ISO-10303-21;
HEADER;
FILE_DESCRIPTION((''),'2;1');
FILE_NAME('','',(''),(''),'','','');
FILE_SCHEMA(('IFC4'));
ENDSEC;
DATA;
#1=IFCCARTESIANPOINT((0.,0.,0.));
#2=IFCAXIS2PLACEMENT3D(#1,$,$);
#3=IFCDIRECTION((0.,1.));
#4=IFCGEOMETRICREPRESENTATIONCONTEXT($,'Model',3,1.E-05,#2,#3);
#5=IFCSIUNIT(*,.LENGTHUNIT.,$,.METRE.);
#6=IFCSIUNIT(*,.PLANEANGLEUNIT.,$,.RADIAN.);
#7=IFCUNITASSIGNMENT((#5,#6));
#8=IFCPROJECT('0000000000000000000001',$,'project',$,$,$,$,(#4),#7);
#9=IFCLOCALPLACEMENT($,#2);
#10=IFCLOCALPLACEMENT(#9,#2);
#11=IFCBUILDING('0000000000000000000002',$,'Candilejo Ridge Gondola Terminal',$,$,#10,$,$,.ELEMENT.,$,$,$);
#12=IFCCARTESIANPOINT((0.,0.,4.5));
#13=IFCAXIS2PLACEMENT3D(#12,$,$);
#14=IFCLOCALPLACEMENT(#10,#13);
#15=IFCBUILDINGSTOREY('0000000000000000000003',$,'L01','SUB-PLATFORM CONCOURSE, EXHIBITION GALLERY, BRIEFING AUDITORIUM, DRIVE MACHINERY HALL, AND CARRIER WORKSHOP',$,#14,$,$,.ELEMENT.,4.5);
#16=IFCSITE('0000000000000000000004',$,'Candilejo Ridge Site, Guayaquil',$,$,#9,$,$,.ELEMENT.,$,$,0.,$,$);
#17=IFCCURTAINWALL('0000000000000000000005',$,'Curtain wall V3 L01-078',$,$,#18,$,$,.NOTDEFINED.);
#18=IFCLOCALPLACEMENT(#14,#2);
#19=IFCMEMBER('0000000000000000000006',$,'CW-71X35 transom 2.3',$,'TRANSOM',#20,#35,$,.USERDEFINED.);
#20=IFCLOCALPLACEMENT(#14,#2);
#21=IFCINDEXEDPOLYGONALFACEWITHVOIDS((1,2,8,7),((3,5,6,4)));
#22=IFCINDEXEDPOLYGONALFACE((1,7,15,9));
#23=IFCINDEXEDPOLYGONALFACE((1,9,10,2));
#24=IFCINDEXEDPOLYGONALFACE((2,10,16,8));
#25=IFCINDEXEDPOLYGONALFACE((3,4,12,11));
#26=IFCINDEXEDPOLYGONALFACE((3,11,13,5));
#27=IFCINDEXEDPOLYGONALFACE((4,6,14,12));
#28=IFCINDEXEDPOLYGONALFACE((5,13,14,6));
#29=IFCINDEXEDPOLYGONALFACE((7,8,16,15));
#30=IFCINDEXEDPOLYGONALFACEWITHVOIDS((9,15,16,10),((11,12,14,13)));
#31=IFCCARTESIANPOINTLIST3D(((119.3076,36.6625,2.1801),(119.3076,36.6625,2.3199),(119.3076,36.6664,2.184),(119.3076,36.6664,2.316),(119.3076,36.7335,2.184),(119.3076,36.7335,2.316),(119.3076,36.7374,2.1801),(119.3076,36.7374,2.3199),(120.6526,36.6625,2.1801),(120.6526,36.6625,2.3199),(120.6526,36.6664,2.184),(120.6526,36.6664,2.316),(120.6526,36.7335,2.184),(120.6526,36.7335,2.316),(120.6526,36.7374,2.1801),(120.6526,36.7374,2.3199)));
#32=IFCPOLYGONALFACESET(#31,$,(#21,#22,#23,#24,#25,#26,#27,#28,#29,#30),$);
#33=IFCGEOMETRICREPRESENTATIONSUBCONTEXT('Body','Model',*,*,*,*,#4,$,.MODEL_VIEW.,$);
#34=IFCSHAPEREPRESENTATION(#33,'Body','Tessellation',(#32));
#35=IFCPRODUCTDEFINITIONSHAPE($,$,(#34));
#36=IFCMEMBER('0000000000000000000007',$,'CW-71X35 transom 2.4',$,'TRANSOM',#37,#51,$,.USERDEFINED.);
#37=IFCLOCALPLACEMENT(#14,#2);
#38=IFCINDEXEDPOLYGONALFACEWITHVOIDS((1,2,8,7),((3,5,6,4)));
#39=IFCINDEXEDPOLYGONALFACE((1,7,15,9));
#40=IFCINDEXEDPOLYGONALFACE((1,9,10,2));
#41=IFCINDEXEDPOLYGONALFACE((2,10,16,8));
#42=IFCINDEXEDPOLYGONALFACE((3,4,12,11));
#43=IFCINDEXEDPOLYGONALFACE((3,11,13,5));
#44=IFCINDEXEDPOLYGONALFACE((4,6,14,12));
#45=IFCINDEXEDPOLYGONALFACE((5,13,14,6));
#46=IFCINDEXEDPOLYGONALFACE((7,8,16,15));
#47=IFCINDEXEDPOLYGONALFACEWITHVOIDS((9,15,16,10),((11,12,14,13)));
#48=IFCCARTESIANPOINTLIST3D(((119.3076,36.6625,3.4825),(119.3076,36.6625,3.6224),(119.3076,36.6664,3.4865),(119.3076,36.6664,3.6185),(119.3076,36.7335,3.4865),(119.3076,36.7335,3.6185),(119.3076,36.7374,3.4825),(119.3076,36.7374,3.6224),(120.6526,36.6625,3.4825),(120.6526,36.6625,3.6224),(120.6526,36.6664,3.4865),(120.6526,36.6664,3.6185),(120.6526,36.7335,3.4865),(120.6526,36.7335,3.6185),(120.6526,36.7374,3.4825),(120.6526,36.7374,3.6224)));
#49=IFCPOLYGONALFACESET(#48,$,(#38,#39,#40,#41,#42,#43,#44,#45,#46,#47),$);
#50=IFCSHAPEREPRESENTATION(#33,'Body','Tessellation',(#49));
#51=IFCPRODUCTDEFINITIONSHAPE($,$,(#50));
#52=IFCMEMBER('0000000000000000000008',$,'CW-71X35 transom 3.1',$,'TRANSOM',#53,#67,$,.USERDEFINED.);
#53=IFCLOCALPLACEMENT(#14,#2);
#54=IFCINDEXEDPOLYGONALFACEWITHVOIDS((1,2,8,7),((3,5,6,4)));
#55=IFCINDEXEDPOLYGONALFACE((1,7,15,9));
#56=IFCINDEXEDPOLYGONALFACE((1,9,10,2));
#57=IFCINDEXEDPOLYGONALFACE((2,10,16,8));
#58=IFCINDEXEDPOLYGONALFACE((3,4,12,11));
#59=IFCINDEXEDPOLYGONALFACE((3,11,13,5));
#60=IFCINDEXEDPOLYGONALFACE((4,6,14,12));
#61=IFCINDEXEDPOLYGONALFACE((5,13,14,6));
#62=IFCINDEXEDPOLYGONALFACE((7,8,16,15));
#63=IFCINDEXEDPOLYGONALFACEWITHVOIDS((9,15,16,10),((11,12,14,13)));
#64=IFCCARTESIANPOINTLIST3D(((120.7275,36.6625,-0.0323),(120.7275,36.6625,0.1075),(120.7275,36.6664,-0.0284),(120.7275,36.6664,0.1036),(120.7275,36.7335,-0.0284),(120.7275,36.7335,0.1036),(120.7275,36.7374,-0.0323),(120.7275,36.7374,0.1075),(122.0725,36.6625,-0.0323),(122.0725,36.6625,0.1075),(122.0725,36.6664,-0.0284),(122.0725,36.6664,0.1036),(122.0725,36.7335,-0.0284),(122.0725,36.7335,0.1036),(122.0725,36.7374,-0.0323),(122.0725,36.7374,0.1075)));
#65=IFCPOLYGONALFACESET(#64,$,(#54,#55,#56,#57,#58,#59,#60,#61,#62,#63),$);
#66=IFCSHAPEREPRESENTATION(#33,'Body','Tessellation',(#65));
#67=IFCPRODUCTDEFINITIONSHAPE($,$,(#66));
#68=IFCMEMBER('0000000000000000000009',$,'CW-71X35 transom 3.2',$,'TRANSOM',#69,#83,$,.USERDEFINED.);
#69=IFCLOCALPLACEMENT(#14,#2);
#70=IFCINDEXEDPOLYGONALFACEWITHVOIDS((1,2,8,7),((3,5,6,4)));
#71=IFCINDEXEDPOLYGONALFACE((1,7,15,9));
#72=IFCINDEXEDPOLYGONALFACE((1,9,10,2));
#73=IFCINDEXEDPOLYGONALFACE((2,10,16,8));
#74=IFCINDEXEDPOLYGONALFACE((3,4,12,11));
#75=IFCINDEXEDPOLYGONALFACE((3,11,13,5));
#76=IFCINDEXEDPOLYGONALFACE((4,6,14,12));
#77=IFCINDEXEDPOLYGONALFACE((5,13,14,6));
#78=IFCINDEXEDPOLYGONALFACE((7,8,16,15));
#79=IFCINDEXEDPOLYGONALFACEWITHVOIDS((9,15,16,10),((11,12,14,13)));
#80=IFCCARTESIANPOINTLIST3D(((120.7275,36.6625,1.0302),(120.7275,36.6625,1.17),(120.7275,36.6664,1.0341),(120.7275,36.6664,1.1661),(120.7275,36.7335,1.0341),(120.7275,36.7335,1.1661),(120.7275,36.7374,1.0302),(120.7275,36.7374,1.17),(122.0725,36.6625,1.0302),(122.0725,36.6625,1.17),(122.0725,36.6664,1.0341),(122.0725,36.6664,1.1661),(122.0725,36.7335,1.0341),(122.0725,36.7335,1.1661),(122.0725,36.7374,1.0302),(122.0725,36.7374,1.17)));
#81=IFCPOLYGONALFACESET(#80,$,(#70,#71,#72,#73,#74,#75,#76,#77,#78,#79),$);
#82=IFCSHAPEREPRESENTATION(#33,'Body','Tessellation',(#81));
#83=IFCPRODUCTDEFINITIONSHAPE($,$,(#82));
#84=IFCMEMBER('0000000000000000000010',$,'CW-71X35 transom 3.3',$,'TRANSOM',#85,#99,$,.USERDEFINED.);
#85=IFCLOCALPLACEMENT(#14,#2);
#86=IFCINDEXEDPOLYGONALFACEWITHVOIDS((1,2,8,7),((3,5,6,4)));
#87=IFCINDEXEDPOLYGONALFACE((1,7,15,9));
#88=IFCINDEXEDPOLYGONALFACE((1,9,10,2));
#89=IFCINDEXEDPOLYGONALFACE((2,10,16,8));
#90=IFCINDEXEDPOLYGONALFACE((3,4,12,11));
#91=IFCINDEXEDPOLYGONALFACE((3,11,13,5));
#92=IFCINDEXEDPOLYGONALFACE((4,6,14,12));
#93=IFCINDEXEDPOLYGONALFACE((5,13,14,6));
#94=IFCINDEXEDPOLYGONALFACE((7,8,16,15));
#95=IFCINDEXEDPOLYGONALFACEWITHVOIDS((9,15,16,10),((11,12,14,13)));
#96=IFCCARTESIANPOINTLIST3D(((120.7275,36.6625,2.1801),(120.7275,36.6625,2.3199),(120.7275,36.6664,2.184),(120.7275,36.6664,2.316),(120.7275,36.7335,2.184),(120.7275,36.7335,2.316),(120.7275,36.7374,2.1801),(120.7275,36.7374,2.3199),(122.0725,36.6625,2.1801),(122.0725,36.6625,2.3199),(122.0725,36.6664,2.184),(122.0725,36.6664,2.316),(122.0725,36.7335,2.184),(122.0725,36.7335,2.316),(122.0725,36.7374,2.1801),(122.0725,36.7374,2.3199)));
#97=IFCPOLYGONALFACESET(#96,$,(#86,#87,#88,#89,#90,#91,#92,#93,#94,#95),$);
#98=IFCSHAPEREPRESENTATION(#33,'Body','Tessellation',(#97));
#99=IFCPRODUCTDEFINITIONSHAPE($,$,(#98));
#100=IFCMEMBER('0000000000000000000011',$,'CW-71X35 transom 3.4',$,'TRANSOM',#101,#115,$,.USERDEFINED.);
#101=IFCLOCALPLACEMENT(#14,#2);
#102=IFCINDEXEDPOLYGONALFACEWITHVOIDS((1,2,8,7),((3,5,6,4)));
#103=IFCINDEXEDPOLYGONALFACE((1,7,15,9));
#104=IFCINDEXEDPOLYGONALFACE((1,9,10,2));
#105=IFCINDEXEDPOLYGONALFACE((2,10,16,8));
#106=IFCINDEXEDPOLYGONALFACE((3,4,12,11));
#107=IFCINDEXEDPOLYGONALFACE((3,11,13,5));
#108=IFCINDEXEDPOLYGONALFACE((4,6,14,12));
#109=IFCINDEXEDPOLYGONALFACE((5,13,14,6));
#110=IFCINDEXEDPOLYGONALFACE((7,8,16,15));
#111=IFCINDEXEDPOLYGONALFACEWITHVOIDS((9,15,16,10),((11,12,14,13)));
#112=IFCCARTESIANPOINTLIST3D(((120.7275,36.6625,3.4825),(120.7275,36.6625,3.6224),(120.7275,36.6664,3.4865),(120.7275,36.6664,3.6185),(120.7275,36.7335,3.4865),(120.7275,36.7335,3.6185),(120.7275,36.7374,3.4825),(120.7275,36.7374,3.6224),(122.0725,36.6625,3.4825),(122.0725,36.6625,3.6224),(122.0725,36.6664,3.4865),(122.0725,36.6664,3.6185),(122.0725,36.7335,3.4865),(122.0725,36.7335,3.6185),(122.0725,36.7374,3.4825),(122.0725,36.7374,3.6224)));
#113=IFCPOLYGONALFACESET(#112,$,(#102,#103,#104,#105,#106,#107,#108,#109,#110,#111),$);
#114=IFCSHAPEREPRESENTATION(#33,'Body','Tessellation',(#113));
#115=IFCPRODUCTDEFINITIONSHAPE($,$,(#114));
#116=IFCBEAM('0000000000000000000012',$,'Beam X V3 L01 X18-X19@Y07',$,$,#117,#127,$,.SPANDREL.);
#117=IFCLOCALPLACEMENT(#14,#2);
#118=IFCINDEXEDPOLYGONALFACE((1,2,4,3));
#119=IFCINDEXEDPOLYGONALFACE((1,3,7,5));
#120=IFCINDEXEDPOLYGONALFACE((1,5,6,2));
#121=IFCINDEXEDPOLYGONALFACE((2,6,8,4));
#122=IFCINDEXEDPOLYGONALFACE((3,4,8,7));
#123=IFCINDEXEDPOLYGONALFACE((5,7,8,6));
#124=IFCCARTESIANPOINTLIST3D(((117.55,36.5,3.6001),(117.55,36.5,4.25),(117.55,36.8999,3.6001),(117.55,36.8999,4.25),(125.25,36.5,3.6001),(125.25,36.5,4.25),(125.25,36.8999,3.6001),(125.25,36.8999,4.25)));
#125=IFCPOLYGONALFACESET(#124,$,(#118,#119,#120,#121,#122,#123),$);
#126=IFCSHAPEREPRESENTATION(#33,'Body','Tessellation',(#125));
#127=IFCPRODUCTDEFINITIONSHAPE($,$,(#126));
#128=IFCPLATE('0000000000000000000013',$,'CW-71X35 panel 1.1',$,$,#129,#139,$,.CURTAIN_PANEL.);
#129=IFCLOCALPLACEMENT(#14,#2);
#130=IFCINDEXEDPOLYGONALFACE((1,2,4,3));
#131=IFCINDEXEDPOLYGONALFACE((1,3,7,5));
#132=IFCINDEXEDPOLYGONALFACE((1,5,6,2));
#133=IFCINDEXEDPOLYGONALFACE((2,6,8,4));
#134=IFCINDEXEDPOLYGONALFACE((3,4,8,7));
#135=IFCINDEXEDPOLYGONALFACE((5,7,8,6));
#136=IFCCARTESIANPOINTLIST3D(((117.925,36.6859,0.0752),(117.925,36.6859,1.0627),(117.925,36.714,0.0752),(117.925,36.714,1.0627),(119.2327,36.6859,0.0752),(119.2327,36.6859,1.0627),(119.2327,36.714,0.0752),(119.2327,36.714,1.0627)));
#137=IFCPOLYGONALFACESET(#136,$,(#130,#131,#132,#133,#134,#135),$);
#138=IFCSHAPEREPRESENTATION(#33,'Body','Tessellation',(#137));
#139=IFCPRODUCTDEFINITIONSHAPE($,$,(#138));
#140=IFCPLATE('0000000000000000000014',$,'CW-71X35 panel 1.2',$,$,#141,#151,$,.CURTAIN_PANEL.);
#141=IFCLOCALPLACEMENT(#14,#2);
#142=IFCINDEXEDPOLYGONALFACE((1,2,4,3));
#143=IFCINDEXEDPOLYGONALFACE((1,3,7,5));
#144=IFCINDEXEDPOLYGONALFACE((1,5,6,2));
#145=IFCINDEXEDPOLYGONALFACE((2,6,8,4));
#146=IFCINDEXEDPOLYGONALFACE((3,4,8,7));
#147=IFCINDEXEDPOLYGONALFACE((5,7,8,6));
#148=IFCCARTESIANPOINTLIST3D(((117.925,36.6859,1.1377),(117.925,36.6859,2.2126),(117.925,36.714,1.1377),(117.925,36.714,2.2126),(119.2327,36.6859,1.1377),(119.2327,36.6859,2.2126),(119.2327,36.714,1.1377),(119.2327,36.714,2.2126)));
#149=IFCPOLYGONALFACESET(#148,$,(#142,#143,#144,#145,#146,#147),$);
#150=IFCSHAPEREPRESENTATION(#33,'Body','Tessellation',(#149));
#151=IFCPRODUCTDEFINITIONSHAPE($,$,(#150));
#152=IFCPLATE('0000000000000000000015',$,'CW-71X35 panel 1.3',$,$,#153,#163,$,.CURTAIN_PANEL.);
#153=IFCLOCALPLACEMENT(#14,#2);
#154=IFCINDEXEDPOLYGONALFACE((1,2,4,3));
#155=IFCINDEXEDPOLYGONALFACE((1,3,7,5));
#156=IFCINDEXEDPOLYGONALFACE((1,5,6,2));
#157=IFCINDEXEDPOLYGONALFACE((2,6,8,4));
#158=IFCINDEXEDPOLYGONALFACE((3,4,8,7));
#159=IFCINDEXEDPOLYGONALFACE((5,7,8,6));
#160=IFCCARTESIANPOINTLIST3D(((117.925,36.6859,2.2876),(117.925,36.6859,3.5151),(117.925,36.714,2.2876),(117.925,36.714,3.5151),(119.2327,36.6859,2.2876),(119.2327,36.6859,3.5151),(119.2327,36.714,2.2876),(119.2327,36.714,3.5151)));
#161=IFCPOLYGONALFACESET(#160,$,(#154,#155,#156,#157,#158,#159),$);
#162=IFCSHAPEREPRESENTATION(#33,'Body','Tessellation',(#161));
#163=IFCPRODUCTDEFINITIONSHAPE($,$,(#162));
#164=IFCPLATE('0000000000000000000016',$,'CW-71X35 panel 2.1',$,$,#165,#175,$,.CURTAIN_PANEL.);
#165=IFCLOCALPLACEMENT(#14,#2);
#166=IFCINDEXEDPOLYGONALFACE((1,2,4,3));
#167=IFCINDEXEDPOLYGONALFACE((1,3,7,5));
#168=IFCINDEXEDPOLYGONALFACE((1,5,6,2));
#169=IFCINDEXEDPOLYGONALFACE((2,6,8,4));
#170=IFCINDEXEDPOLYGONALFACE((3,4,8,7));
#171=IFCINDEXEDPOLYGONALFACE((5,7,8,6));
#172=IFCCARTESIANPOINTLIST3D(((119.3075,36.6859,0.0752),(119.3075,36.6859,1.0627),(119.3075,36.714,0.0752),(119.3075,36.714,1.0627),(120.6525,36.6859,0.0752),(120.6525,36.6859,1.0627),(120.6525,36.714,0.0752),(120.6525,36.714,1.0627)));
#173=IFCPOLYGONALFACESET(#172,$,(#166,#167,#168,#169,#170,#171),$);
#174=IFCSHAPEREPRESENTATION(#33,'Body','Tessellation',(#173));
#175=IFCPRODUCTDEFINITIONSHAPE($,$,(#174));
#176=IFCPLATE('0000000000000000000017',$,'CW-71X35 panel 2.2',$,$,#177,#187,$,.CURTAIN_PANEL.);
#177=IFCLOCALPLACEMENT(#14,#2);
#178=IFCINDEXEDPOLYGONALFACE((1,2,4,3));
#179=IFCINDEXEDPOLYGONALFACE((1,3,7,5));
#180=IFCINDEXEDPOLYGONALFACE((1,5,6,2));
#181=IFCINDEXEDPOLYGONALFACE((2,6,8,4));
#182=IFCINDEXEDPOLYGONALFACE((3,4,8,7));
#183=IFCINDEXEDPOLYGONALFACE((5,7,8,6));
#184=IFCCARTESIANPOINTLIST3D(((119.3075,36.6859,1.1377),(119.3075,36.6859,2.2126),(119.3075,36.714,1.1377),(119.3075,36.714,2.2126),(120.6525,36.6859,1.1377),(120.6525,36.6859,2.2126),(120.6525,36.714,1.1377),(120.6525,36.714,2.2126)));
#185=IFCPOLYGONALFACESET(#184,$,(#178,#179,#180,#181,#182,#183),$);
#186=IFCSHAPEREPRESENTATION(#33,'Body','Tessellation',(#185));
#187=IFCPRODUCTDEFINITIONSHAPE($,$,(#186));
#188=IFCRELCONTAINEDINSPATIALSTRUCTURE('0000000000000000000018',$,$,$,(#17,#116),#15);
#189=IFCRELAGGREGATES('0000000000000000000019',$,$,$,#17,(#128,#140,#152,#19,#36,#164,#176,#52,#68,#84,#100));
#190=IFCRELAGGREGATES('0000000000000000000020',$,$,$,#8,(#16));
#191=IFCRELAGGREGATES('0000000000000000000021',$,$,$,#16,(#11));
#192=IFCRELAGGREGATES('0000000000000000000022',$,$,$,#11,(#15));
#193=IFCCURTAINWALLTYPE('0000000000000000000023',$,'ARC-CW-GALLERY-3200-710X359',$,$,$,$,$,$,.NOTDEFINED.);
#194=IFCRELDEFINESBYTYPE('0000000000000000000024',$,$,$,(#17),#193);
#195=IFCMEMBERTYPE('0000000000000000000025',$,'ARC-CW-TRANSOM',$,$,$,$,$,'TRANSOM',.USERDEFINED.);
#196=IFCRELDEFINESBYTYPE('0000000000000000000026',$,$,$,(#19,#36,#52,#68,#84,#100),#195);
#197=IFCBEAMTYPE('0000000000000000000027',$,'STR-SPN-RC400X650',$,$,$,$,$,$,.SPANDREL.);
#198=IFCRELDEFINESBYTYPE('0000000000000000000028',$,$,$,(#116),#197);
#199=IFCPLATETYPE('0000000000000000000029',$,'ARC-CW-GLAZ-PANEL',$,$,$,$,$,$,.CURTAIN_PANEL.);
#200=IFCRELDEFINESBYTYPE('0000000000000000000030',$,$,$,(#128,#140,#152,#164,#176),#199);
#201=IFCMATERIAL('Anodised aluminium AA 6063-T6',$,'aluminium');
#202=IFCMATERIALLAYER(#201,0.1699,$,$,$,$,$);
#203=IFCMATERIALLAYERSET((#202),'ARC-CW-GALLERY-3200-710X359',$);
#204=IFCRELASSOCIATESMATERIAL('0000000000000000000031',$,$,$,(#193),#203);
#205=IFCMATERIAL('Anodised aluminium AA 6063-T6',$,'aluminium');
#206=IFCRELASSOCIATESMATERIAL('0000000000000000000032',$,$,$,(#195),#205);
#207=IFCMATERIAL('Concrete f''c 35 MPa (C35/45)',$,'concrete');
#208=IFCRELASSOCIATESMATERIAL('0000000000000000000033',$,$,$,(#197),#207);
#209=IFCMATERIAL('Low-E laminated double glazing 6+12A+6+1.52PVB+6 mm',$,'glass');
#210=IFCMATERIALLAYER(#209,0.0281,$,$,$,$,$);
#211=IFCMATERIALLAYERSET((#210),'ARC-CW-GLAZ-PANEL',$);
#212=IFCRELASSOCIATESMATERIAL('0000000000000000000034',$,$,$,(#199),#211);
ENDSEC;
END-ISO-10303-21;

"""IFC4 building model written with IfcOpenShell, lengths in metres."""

from ifc_helpers import new_model, si_unit, direction, frame, origin, origin_2d, place, context, subcontext, project, spatial, rectangle, hollow_rectangle, extrude, material, layer, layer_set, material_profile, profile_set, type_object, element, aggregate, save


model = new_model("IFC4")

# Units and contexts
model_context = context("Model", 3, precision=1e-05, world=origin(), true_north=direction((0.0, 1.0)))
body_context = subcontext(model_context, "Body", "Model", "MODEL_VIEW")
ifc_project = project(units=[si_unit("LENGTHUNIT", "METRE"), si_unit("PLANEANGLEUNIT", "RADIAN")], contexts=[model_context])

# Site, building, storey
site_placement = place(None, origin())
site = spatial("IfcSite", under=ifc_project, at=site_placement, Name="Candilejo Ridge Site, Guayaquil", CompositionType="ELEMENT", RefElevation=0.0)
building_placement = place(site_placement, origin())
building = spatial("IfcBuilding", under=site, at=building_placement, Name="Candilejo Ridge Gondola Terminal", CompositionType="ELEMENT")
storey_placement = place(building_placement, frame((0.0, 0.0, 4.5)))
storey = spatial("IfcBuildingStorey", under=building, at=storey_placement, Name="L01", Description="SUB-PLATFORM CONCOURSE, EXHIBITION GALLERY, BRIEFING AUDITORIUM, DRIVE MACHINERY HALL, AND CARRIER WORKSHOP", CompositionType="ELEMENT", Elevation=4.5)

# Shared definitions
ifc_material_1 = material(Name="Anodised aluminium AA 6063-T6", Category="aluminium")
ifc_layer_1 = layer(ifc_material_1, 0.1699)
ifc_layer_set_1 = layer_set([ifc_layer_1], Name="ARC-CW-GALLERY-3200-710X359")
curtain_wall_type = type_object("IfcCurtainWallType", Name="ARC-CW-GALLERY-3200-710X359", PredefinedType="NOTDEFINED", material=ifc_layer_set_1)

# Curtain wall, members
curtain_wall_1_placement = place(storey_placement, origin())
curtain_wall_1 = element("IfcCurtainWall", 1, at=curtain_wall_1_placement, inside=storey, type_object=curtain_wall_type, Name="Curtain wall V3 L01-078", PredefinedType="NOTDEFINED")
ifc_material_2 = material(Name="Anodised aluminium AA 6063-T6", Category="aluminium")
ifc_material_profile_1 = material_profile(ifc_material_2, hollow_rectangle(XDim=0.075, YDim=0.1399, WallThickness=0.0039, at=origin_2d()))
ifc_profile_set_1 = profile_set([ifc_material_profile_1], Name="Anodised aluminium AA 6063-T6")
member_type_1 = type_object("IfcMemberType", Name="ARC-CW-TRANSOM", ElementType="TRANSOM", PredefinedType="USERDEFINED", material=ifc_profile_set_1)
member_1_placement = place(storey_placement, frame((119.3076, 36.7, 2.25), z_axis=(1.0, 0.0, 0.0), x_axis=(0.0, 1.0, 0.0)))
member_1 = element("IfcMember", 2, at=member_1_placement, type_object=member_type_1, Name="CW-71X35 transom 2.3", ObjectType="TRANSOM", PredefinedType="USERDEFINED", context=body_context, shape_type="SweptSolid", body=[
    extrude(hollow_rectangle(XDim=0.075, YDim=0.1399, WallThickness=0.0039, at=origin_2d()), origin(), (0.0, 0.0, 1.0), 1.345),
])
member_2_placement = place(storey_placement, frame((119.3076, 36.7, 3.5525), z_axis=(1.0, 0.0, 0.0), x_axis=(0.0, 1.0, 0.0)))
member_2 = element("IfcMember", 3, at=member_2_placement, type_object=member_type_1, Name="CW-71X35 transom 2.4", ObjectType="TRANSOM", PredefinedType="USERDEFINED", context=body_context, shape_type="SweptSolid", body=[
    extrude(hollow_rectangle(XDim=0.075, YDim=0.1399, WallThickness=0.0039, at=origin_2d()), origin(), (0.0, 0.0, 1.0), 1.345),
])
member_3_placement = place(storey_placement, frame((120.7275, 36.7, 0.0376), z_axis=(1.0, 0.0, 0.0), x_axis=(0.0, 1.0, 0.0)))
member_3 = element("IfcMember", 4, at=member_3_placement, type_object=member_type_1, Name="CW-71X35 transom 3.1", ObjectType="TRANSOM", PredefinedType="USERDEFINED", context=body_context, shape_type="SweptSolid", body=[
    extrude(hollow_rectangle(XDim=0.075, YDim=0.1399, WallThickness=0.0039, at=origin_2d()), origin(), (0.0, 0.0, 1.0), 1.345),
])
member_4_placement = place(storey_placement, frame((120.7275, 36.7, 1.1001), z_axis=(1.0, 0.0, 0.0), x_axis=(0.0, 1.0, 0.0)))
member_4 = element("IfcMember", 5, at=member_4_placement, type_object=member_type_1, Name="CW-71X35 transom 3.2", ObjectType="TRANSOM", PredefinedType="USERDEFINED", context=body_context, shape_type="SweptSolid", body=[
    extrude(hollow_rectangle(XDim=0.075, YDim=0.1399, WallThickness=0.0039, at=origin_2d()), origin(), (0.0, 0.0, 1.0), 1.345),
])
member_5_placement = place(storey_placement, frame((120.7275, 36.7, 2.25), z_axis=(1.0, 0.0, 0.0), x_axis=(0.0, 1.0, 0.0)))
member_5 = element("IfcMember", 6, at=member_5_placement, type_object=member_type_1, Name="CW-71X35 transom 3.3", ObjectType="TRANSOM", PredefinedType="USERDEFINED", context=body_context, shape_type="SweptSolid", body=[
    extrude(hollow_rectangle(XDim=0.075, YDim=0.1399, WallThickness=0.0039, at=origin_2d()), origin(), (0.0, 0.0, 1.0), 1.345),
])
member_6_placement = place(storey_placement, frame((120.7275, 36.7, 3.5525), z_axis=(1.0, 0.0, 0.0), x_axis=(0.0, 1.0, 0.0)))
member_6 = element("IfcMember", 7, at=member_6_placement, type_object=member_type_1, Name="CW-71X35 transom 3.4", ObjectType="TRANSOM", PredefinedType="USERDEFINED", context=body_context, shape_type="SweptSolid", body=[
    extrude(hollow_rectangle(XDim=0.075, YDim=0.1399, WallThickness=0.0039, at=origin_2d()), origin(), (0.0, 0.0, 1.0), 1.345),
])

# Beam
ifc_material_3 = material(Name="Concrete f'c 35 MPa (C35/45)", Category="concrete")
ifc_material_profile_2 = material_profile(ifc_material_3, rectangle(XDim=0.3999, YDim=0.6499, at=origin_2d()))
ifc_profile_set_2 = profile_set([ifc_material_profile_2], Name="Concrete f'c 35 MPa (C35/45)")
beam_type = type_object("IfcBeamType", Name="STR-SPN-RC400X650", PredefinedType="SPANDREL", material=ifc_profile_set_2)
beam_placement = place(storey_placement, frame((117.55, 36.7, 3.925), z_axis=(1.0, 0.0, 0.0), x_axis=(0.0, 1.0, 0.0)))
element("IfcBeam", 8, at=beam_placement, inside=storey, type_object=beam_type, Name="Beam X V3 L01 X18-X19@Y07", PredefinedType="SPANDREL", context=body_context, shape_type="SweptSolid", body=[
    extrude(rectangle(XDim=0.3999, YDim=0.6499, at=origin_2d()), origin(), (0.0, 0.0, 1.0), 7.7),
])

# Plates
ifc_material_4 = material(Name="Low-E laminated double glazing 6+12A+6+1.52PVB+6 mm", Category="glass")
ifc_layer_2 = layer(ifc_material_4, 0.0281)
ifc_layer_set_2 = layer_set([ifc_layer_2], Name="ARC-CW-GLAZ-PANEL")
plate_type = type_object("IfcPlateType", Name="ARC-CW-GLAZ-PANEL", PredefinedType="CURTAIN_PANEL", material=ifc_layer_set_2)
plate_1_placement = place(storey_placement, frame((118.5789, 36.7, 0.0752), z_axis=(0.0, 0.0, 1.0), x_axis=(1.0, 0.0, 0.0)))
plate_1 = element("IfcPlate", 9, at=plate_1_placement, type_object=plate_type, Name="CW-71X35 panel 1.1", PredefinedType="CURTAIN_PANEL", context=body_context, shape_type="SweptSolid", body=[
    extrude(rectangle(XDim=1.3076, YDim=0.0281, at=origin_2d()), origin(), (0.0, 0.0, 1.0), 0.9875),
])
plate_2_placement = place(storey_placement, frame((118.5789, 36.7, 1.1377), z_axis=(0.0, 0.0, 1.0), x_axis=(1.0, 0.0, 0.0)))
plate_2 = element("IfcPlate", 10, at=plate_2_placement, type_object=plate_type, Name="CW-71X35 panel 1.2", PredefinedType="CURTAIN_PANEL", context=body_context, shape_type="SweptSolid", body=[
    extrude(rectangle(XDim=1.3076, YDim=0.0281, at=origin_2d()), origin(), (0.0, 0.0, 1.0), 1.075),
])
plate_3_placement = place(storey_placement, frame((118.5789, 36.7, 2.2876), z_axis=(0.0, 0.0, 1.0), x_axis=(1.0, 0.0, 0.0)))
plate_3 = element("IfcPlate", 11, at=plate_3_placement, type_object=plate_type, Name="CW-71X35 panel 1.3", PredefinedType="CURTAIN_PANEL", context=body_context, shape_type="SweptSolid", body=[
    extrude(rectangle(XDim=1.3076, YDim=0.0281, at=origin_2d()), origin(), (0.0, 0.0, 1.0), 1.2275),
])
plate_4_placement = place(storey_placement, frame((119.98, 36.7, 0.0752), z_axis=(0.0, 0.0, 1.0), x_axis=(1.0, 0.0, 0.0)))
plate_4 = element("IfcPlate", 12, at=plate_4_placement, type_object=plate_type, Name="CW-71X35 panel 2.1", PredefinedType="CURTAIN_PANEL", context=body_context, shape_type="SweptSolid", body=[
    extrude(rectangle(XDim=1.345, YDim=0.0281, at=origin_2d()), origin(), (0.0, 0.0, 1.0), 0.9875),
])
plate_5_placement = place(storey_placement, frame((119.98, 36.7, 1.1377), z_axis=(0.0, 0.0, 1.0), x_axis=(1.0, 0.0, 0.0)))
plate_5 = element("IfcPlate", 13, at=plate_5_placement, type_object=plate_type, Name="CW-71X35 panel 2.2", PredefinedType="CURTAIN_PANEL", context=body_context, shape_type="SweptSolid", body=[
    extrude(rectangle(XDim=1.345, YDim=0.0281, at=origin_2d()), origin(), (0.0, 0.0, 1.0), 1.075),
])
aggregate(curtain_wall_1, [plate_1, plate_2, plate_3, member_1, member_2, plate_4, plate_5, member_3, member_4, member_5, member_6])

save(model, "model.ifc")
